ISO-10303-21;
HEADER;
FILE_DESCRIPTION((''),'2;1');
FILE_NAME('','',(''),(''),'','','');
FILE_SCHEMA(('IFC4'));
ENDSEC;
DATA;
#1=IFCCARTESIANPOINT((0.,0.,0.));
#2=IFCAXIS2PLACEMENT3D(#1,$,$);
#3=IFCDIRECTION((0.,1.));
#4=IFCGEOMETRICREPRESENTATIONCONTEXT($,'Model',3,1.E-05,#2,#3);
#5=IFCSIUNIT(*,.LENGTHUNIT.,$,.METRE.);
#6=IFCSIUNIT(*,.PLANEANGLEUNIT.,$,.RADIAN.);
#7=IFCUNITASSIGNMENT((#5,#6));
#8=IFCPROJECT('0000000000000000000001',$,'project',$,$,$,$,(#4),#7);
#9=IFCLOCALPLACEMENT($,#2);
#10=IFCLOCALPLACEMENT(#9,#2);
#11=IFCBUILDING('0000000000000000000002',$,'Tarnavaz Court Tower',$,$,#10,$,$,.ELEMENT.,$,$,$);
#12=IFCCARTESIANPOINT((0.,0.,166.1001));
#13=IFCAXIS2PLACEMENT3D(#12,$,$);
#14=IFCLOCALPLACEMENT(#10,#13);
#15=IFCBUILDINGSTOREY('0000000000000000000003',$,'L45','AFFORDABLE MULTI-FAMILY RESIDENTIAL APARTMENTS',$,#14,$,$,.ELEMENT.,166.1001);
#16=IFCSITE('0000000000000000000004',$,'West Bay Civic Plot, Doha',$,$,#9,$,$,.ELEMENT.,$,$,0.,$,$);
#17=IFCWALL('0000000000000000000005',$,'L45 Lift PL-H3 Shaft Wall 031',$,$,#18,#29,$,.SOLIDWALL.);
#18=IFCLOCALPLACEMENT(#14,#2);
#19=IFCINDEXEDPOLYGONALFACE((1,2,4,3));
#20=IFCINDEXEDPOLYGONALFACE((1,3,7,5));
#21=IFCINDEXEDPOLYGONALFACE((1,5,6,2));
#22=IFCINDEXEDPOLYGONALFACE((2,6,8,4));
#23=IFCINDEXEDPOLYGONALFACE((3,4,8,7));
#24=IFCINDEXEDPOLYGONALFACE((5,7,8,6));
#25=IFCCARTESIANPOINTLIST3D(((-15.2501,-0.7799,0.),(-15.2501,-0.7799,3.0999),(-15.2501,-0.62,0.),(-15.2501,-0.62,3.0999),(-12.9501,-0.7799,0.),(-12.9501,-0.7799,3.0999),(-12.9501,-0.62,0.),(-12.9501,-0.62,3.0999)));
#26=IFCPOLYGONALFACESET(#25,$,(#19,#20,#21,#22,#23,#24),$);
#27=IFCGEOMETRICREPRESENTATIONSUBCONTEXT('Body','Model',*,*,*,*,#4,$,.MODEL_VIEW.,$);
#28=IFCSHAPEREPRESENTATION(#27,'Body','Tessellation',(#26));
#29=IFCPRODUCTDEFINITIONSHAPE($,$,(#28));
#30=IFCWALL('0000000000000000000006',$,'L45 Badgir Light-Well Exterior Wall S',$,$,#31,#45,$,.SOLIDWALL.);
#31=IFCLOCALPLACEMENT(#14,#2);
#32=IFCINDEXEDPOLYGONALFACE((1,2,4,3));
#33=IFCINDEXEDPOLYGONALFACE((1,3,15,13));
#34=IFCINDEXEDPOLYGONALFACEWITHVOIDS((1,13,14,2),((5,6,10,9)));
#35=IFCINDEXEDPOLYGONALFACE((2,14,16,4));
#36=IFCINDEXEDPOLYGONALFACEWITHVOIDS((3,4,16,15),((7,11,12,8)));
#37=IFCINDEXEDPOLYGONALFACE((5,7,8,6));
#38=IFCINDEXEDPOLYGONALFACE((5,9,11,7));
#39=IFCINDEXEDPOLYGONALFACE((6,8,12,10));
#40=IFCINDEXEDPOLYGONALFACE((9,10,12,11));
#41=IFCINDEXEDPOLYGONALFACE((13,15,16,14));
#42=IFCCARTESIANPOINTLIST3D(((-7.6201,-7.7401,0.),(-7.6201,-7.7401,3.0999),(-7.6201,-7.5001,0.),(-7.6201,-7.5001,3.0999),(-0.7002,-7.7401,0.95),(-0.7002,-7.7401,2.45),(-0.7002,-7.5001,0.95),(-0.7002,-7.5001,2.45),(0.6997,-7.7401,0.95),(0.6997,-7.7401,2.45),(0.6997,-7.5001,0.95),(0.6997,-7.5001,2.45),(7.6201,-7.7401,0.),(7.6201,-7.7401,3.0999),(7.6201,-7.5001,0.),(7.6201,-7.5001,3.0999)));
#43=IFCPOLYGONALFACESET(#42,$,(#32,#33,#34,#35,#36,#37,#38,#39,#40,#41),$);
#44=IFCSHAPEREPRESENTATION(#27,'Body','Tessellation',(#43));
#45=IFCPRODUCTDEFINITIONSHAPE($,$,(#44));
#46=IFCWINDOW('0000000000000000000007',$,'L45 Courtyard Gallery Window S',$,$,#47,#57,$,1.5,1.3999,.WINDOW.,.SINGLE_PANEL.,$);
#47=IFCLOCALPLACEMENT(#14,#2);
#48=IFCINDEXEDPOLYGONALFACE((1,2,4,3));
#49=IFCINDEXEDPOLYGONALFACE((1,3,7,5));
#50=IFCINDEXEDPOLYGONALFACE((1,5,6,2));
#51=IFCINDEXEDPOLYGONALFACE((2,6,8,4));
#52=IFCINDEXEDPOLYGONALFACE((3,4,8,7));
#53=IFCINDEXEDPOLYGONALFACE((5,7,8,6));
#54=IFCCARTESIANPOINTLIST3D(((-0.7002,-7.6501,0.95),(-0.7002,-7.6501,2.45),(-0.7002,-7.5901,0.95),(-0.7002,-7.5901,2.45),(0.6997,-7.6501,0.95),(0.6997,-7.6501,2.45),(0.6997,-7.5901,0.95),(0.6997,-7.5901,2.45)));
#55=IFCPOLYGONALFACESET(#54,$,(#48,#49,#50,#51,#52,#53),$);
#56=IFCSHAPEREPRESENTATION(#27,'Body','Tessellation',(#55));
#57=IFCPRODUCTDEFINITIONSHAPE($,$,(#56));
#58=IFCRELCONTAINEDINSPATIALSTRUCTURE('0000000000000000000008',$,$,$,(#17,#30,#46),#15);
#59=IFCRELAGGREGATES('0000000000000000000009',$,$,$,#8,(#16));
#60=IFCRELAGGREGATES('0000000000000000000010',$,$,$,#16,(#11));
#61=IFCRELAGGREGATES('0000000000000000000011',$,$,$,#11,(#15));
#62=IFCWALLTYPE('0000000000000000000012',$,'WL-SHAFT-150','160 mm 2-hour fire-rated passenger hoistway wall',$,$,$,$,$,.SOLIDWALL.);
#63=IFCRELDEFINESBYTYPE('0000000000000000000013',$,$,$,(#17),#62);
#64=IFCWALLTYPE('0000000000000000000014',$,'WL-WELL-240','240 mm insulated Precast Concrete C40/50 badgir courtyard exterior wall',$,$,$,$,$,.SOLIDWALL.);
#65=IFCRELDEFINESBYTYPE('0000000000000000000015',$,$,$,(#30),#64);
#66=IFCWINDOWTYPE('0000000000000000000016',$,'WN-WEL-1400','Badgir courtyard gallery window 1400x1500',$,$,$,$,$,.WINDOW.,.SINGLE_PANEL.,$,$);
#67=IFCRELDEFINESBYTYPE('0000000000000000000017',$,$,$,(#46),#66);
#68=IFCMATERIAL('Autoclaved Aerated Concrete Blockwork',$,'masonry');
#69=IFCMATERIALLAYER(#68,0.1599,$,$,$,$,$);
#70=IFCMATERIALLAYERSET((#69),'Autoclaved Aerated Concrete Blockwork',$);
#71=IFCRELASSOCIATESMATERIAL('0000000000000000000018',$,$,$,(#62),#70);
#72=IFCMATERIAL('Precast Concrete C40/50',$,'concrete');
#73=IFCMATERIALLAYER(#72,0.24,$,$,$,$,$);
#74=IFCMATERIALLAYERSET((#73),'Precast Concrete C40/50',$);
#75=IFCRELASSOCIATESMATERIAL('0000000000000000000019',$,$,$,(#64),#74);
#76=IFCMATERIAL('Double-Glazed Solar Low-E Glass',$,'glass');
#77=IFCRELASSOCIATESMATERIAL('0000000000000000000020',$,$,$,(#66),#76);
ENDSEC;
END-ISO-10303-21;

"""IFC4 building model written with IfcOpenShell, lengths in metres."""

from ifc_helpers import new_model, si_unit, direction, frame, frame_2d, origin, place, context, subcontext, project, spatial, rectangle, extrude, material, layer, layer_set, type_object, element, fill, save


model = new_model("IFC4")

# Units and contexts
model_context = context("Model", 3, precision=1e-05, world=origin(), true_north=direction((0.0, 1.0)))
body_context = subcontext(model_context, "Body", "Model", "MODEL_VIEW")
ifc_project = project(units=[si_unit("LENGTHUNIT", "METRE"), si_unit("PLANEANGLEUNIT", "RADIAN")], contexts=[model_context])

# Site, building, storey
site_placement = place(None, origin())
site = spatial("IfcSite", under=ifc_project, at=site_placement, Name="West Bay Civic Plot, Doha", CompositionType="ELEMENT", RefElevation=0.0)
building_placement = place(site_placement, origin())
building = spatial("IfcBuilding", under=site, at=building_placement, Name="Tarnavaz Court Tower", CompositionType="ELEMENT")
storey_placement = place(building_placement, frame((0.0, 0.0, 166.1001)))
storey = spatial("IfcBuildingStorey", under=building, at=storey_placement, Name="L45", Description="AFFORDABLE MULTI-FAMILY RESIDENTIAL APARTMENTS", CompositionType="ELEMENT", Elevation=166.1001)

# Wall
ifc_material_1 = material(Name="Autoclaved Aerated Concrete Blockwork", Category="masonry")
ifc_layer_1 = layer(ifc_material_1, 0.1599)
ifc_layer_set_1 = layer_set([ifc_layer_1], Name="Autoclaved Aerated Concrete Blockwork")
wall_type_1 = type_object("IfcWallType", Name="WL-SHAFT-150", Description="160 mm 2-hour fire-rated passenger hoistway wall", PredefinedType="SOLIDWALL", material=ifc_layer_set_1)
wall_1_placement = place(storey_placement, frame((-15.25, -0.7, 0.0), z_axis=(0.0, 0.0, 1.0), x_axis=(1.0, 0.0, 0.0)))
element("IfcWall", 1, at=wall_1_placement, inside=storey, type_object=wall_type_1, Name="L45 Lift PL-H3 Shaft Wall 031", PredefinedType="SOLIDWALL", context=body_context, shape_type="SweptSolid", body=[
    extrude(rectangle(XDim=2.3, YDim=0.1599, at=frame_2d((1.1499, 0.0))), origin(), (0.0, 0.0, 1.0), 3.0999),
])

# Wall, opening, window
ifc_material_2 = material(Name="Precast Concrete C40/50", Category="concrete")
ifc_layer_2 = layer(ifc_material_2, 0.24)
ifc_layer_set_2 = layer_set([ifc_layer_2], Name="Precast Concrete C40/50")
wall_type_2 = type_object("IfcWallType", Name="WL-WELL-240", Description="240 mm insulated Precast Concrete C40/50 badgir courtyard exterior wall", PredefinedType="SOLIDWALL", material=ifc_layer_set_2)
wall_2_placement = place(storey_placement, frame((-7.6201, -7.6201, 0.0), z_axis=(0.0, 0.0, 1.0), x_axis=(1.0, 0.0, 0.0)))
wall_2 = element("IfcWall", 2, at=wall_2_placement, inside=storey, type_object=wall_type_2, Name="L45 Badgir Light-Well Exterior Wall S", PredefinedType="SOLIDWALL", context=body_context, shape_type="SweptSolid", body=[
    extrude(rectangle(XDim=15.2402, YDim=0.24, at=frame_2d((7.6201, 0.0))), origin(), (0.0, 0.0, 1.0), 3.0999),
])
opening_1_placement = place(wall_2_placement, frame((6.9199, 0.0, 0.95)))
opening_1 = element("IfcOpeningElement", 3, at=opening_1_placement, cuts=wall_2, PredefinedType="OPENING", context=body_context, shape_type="SweptSolid", body=[
    extrude(rectangle(XDim=1.3999, YDim=1.5, at=frame_2d((0.7, 0.75))), frame((0.0, 0.1299, 0.0), z_axis=(0.0, -1.0, 0.0), x_axis=(1.0, 0.0, 0.0)), (0.0, 0.0, 1.0), 0.26),
])
ifc_material_3 = material(Name="Double-Glazed Solar Low-E Glass", Category="glass")
window_type = type_object("IfcWindowType", Name="WN-WEL-1400", Description="Badgir courtyard gallery window 1400x1500", PartitioningType="SINGLE_PANEL", PredefinedType="WINDOW", material=ifc_material_3)
window_placement = place(opening_1_placement, origin())
window = element("IfcWindow", 4, at=window_placement, inside=storey, type_object=window_type, Name="L45 Courtyard Gallery Window S", OverallHeight=1.5, OverallWidth=1.3999, PartitioningType="SINGLE_PANEL", PredefinedType="WINDOW", context=body_context, shape_type="SweptSolid", body=[
    extrude(rectangle(XDim=1.3999, YDim=1.5, at=frame_2d((0.7, 0.75))), frame((0.0, 0.03, 0.0), z_axis=(0.0, -1.0, 0.0), x_axis=(1.0, 0.0, 0.0)), (0.0, 0.0, 1.0), 0.0601),
])
fill(opening_1, window)

save(model, "model.ifc")
